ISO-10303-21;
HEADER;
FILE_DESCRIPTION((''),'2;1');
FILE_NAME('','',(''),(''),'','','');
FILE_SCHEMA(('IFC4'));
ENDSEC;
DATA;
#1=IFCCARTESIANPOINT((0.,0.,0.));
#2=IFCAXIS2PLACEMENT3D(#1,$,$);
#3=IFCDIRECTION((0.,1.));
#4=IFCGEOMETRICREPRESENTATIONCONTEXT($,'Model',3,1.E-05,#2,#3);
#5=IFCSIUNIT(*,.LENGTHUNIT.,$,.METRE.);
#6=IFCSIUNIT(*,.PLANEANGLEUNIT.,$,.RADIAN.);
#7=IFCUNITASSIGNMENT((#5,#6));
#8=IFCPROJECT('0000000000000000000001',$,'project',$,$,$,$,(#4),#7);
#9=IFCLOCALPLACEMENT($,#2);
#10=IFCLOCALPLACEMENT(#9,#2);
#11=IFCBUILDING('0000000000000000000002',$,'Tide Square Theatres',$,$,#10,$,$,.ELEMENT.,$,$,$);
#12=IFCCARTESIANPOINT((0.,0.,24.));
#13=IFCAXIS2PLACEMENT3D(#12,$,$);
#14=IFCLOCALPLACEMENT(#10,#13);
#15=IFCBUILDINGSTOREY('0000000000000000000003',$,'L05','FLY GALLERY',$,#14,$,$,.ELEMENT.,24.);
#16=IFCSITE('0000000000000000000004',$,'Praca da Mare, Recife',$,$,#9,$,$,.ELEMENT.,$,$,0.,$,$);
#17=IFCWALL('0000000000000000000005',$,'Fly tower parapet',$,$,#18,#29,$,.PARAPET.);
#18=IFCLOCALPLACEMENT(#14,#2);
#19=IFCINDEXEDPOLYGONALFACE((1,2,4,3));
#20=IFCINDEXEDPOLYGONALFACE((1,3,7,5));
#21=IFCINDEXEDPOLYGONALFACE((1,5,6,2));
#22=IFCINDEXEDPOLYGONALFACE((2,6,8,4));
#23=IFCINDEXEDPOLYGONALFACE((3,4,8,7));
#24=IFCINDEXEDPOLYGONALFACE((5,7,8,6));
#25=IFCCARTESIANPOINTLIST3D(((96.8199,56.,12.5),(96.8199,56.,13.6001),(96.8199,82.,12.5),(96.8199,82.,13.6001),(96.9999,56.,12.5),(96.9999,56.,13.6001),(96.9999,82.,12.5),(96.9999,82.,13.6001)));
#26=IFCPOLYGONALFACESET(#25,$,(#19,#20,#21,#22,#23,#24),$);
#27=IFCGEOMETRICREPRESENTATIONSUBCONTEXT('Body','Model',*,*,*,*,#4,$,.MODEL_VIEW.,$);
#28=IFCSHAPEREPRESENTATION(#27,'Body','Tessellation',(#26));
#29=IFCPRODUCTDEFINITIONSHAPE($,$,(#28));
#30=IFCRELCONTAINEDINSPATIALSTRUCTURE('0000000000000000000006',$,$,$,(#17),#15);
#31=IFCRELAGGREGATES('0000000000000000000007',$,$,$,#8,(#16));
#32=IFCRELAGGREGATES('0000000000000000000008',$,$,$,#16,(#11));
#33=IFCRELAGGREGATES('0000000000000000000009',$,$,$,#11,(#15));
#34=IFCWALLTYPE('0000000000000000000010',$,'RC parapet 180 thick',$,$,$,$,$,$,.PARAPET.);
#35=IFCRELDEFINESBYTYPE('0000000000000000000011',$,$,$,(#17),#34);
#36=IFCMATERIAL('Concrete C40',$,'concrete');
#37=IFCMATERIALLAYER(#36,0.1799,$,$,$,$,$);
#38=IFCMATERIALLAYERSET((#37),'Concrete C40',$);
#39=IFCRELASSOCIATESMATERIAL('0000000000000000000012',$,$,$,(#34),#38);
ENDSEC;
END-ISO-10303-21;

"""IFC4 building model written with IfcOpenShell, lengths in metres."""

from ifc_helpers import new_model, si_unit, direction, frame, frame_2d, origin, place, context, subcontext, project, spatial, rectangle, extrude, material, layer, layer_set, type_object, element, save


model = new_model("IFC4")

# Units and contexts
model_context = context("Model", 3, precision=1e-05, world=origin(), true_north=direction((0.0, 1.0)))
body_context = subcontext(model_context, "Body", "Model", "MODEL_VIEW")
ifc_project = project(units=[si_unit("LENGTHUNIT", "METRE"), si_unit("PLANEANGLEUNIT", "RADIAN")], contexts=[model_context])

# Site, building, storey
site_placement = place(None, origin())
site = spatial("IfcSite", under=ifc_project, at=site_placement, Name="Praca da Mare, Recife", CompositionType="ELEMENT", RefElevation=0.0)
building_placement = place(site_placement, origin())
building = spatial("IfcBuilding", under=site, at=building_placement, Name="Tide Square Theatres", CompositionType="ELEMENT")
storey_placement = place(building_placement, frame((0.0, 0.0, 24.0)))
storey = spatial("IfcBuildingStorey", under=building, at=storey_placement, Name="L05", Description="FLY GALLERY", CompositionType="ELEMENT", Elevation=24.0)

# Wall
ifc_material_1 = material(Name="Concrete C40", Category="concrete")
ifc_layer_1 = layer(ifc_material_1, 0.1799)
ifc_layer_set_1 = layer_set([ifc_layer_1], Name="Concrete C40")
wall_type_1 = type_object("IfcWallType", Name="RC parapet 180 thick", PredefinedType="PARAPET", material=ifc_layer_set_1)
wall_1_placement = place(storey_placement, frame((96.9099, 56.0, 12.5), z_axis=(0.0, 0.0, 1.0), x_axis=(0.0, 1.0, 0.0)))
element("IfcWall", 1, at=wall_1_placement, inside=storey, type_object=wall_type_1, Name="Fly tower parapet", PredefinedType="PARAPET", context=body_context, shape_type="SweptSolid", body=[
    extrude(rectangle(XDim=26.0, YDim=0.1799, at=frame_2d((13.0, 0.0))), origin(), (0.0, 0.0, 1.0), 1.1001),
])

save(model, "model.ifc")
